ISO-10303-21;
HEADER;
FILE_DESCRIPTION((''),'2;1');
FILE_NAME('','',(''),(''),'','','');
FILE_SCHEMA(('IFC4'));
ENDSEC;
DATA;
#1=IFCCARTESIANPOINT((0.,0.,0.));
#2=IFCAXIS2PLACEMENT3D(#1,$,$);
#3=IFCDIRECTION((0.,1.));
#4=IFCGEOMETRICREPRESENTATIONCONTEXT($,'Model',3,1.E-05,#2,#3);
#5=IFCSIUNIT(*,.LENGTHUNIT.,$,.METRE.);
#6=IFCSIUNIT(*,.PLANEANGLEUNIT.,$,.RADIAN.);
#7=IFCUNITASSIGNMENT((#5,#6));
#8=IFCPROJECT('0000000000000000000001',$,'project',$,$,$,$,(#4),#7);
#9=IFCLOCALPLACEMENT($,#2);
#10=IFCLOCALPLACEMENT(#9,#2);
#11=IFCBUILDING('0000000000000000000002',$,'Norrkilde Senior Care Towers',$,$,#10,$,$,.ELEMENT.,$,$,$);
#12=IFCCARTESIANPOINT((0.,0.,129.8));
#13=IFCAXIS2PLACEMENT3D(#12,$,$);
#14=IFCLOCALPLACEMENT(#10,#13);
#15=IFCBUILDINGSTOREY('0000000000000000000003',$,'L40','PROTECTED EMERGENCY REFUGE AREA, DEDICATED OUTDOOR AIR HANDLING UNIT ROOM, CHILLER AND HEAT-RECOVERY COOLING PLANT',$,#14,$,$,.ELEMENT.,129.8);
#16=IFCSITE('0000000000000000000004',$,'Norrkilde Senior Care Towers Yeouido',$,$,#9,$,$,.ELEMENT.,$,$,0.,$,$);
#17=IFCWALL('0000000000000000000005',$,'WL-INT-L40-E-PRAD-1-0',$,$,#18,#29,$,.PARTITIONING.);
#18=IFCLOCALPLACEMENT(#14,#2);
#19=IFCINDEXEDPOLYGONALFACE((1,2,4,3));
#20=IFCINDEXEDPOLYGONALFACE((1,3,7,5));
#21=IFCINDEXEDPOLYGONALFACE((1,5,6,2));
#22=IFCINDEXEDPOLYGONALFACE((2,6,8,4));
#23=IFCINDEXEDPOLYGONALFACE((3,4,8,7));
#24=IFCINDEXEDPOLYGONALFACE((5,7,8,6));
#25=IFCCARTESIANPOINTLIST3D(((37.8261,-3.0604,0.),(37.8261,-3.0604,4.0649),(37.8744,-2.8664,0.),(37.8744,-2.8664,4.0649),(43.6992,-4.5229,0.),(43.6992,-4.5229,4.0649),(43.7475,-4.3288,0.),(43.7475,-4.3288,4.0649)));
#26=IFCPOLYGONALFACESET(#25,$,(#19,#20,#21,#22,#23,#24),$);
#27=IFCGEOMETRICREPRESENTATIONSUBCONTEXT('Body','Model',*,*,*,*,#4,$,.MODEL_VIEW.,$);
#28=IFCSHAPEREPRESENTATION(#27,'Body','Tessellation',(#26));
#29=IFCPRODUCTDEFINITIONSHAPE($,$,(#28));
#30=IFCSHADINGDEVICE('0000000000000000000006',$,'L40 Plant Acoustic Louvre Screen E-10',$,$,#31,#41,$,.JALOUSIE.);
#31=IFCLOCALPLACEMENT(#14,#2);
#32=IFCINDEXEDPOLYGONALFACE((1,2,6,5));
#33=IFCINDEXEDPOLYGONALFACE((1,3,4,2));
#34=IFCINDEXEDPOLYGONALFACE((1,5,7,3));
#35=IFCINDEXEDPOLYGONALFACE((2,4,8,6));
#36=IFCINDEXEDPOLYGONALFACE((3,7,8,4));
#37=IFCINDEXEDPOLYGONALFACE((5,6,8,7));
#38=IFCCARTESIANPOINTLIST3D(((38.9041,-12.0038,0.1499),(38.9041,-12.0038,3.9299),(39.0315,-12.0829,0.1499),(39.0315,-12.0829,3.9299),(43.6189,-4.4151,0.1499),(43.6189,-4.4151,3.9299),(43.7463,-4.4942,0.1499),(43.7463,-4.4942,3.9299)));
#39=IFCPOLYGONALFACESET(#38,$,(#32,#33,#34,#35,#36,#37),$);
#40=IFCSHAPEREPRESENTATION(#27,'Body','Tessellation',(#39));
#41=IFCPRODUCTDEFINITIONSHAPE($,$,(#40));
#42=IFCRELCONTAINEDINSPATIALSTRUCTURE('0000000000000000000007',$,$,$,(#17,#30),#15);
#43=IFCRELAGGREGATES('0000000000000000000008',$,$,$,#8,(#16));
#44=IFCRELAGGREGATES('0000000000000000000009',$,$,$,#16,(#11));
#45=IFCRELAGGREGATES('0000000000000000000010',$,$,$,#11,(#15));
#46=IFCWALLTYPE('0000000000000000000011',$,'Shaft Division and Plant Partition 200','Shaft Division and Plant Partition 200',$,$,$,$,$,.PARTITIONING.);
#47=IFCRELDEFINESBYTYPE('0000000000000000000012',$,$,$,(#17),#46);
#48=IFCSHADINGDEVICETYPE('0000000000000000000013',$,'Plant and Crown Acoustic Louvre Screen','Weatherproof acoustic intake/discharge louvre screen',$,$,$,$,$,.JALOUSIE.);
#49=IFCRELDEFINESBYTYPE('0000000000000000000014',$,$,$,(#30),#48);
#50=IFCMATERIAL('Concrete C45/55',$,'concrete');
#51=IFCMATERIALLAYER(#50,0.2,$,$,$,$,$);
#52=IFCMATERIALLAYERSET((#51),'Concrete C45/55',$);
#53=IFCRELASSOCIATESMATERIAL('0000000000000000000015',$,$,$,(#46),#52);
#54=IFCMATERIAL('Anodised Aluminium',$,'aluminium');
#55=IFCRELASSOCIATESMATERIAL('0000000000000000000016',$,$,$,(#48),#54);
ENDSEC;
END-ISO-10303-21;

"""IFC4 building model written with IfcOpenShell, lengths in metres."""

from ifc_helpers import new_model, si_unit, direction, frame, frame_2d, origin, origin_2d, place, context, subcontext, project, spatial, rectangle, extrude, source, transform, mapped, material, layer, layer_set, type_object, type_shapes, element, save


model = new_model("IFC4")

# Units and contexts
model_context = context("Model", 3, precision=1e-05, world=origin(), true_north=direction((0.0, 1.0)))
body_context = subcontext(model_context, "Body", "Model", "MODEL_VIEW")
ifc_project = project(units=[si_unit("LENGTHUNIT", "METRE"), si_unit("PLANEANGLEUNIT", "RADIAN")], contexts=[model_context])

# Site, building, storey
site_placement = place(None, origin())
site = spatial("IfcSite", under=ifc_project, at=site_placement, Name="Norrkilde Senior Care Towers Yeouido", CompositionType="ELEMENT", RefElevation=0.0)
building_placement = place(site_placement, origin())
building = spatial("IfcBuilding", under=site, at=building_placement, Name="Norrkilde Senior Care Towers", CompositionType="ELEMENT")
storey_placement = place(building_placement, frame((0.0, 0.0, 129.8)))
storey = spatial("IfcBuildingStorey", under=building, at=storey_placement, Name="L40", Description="PROTECTED EMERGENCY REFUGE AREA, DEDICATED OUTDOOR AIR HANDLING UNIT ROOM, CHILLER AND HEAT-RECOVERY COOLING PLANT", CompositionType="ELEMENT", Elevation=129.8)

# Shared definitions
ifc_material_1 = material(Name="Anodised Aluminium", Category="aluminium")

# Shared definitions
ifc_material_2 = material(Name="Concrete C45/55", Category="concrete")
ifc_layer_1 = layer(ifc_material_2, 0.2)
ifc_layer_set_1 = layer_set([ifc_layer_1], Name="Concrete C45/55")
wall_type = type_object("IfcWallType", Name="Shaft Division and Plant Partition 200", Description="Shaft Division and Plant Partition 200", PredefinedType="PARTITIONING", material=ifc_layer_set_1)

# Wall
shared_shape_1 = source(origin(), body_context, "Body", "SweptSolid", [
    extrude(rectangle(XDim=6.0525, YDim=0.2, at=frame_2d((3.0264, 0.0))), origin(), (0.0, 0.0, 1.0), 4.0649),
])
wall_1_placement = place(storey_placement, frame((37.8501, -2.9634, 0.0), z_axis=(0.0, 0.0, 1.0), x_axis=(0.97037, -0.241624, 0.0)))
element("IfcWall", 1, at=wall_1_placement, inside=storey, type_object=wall_type, Name="WL-INT-L40-E-PRAD-1-0", PredefinedType="PARTITIONING", context=body_context, shape_type="MappedRepresentation", body=[
    mapped(shared_shape_1, transform((0.0, 0.0, 0.0), x_axis=(1.0, 0.0, 0.0), y_axis=(0.0, 1.0, 0.0), z_axis=(0.0, 0.0, 1.0), scale=1.0)),
])

# Shading device
shading_device_type = type_object("IfcShadingDeviceType", Name="Plant and Crown Acoustic Louvre Screen", Description="Weatherproof acoustic intake/discharge louvre screen", PredefinedType="JALOUSIE", material=ifc_material_1)
shared_shape_2 = source(origin(), body_context, "Body", "SweptSolid", [
    extrude(rectangle(XDim=8.9341, YDim=0.1499, at=origin_2d()), origin(), (0.0, 0.0, 1.0), 3.78),
])
type_shapes(shading_device_type, [shared_shape_2])
shading_device_placement = place(storey_placement, frame((41.3252, -8.249, 0.1499), z_axis=(0.0, 0.0, 1.0), x_axis=(-0.527733, -0.84941, 0.0)))
element("IfcShadingDevice", 2, at=shading_device_placement, inside=storey, type_object=shading_device_type, Name="L40 Plant Acoustic Louvre Screen E-10", PredefinedType="JALOUSIE", context=body_context, shape_type="MappedRepresentation", body=[
    mapped(shared_shape_2, transform((0.0, 0.0, 0.0), x_axis=(1.0, 0.0, 0.0), y_axis=(0.0, 1.0, 0.0), z_axis=(0.0, 0.0, 1.0), scale=1.0)),
])

save(model, "model.ifc")
